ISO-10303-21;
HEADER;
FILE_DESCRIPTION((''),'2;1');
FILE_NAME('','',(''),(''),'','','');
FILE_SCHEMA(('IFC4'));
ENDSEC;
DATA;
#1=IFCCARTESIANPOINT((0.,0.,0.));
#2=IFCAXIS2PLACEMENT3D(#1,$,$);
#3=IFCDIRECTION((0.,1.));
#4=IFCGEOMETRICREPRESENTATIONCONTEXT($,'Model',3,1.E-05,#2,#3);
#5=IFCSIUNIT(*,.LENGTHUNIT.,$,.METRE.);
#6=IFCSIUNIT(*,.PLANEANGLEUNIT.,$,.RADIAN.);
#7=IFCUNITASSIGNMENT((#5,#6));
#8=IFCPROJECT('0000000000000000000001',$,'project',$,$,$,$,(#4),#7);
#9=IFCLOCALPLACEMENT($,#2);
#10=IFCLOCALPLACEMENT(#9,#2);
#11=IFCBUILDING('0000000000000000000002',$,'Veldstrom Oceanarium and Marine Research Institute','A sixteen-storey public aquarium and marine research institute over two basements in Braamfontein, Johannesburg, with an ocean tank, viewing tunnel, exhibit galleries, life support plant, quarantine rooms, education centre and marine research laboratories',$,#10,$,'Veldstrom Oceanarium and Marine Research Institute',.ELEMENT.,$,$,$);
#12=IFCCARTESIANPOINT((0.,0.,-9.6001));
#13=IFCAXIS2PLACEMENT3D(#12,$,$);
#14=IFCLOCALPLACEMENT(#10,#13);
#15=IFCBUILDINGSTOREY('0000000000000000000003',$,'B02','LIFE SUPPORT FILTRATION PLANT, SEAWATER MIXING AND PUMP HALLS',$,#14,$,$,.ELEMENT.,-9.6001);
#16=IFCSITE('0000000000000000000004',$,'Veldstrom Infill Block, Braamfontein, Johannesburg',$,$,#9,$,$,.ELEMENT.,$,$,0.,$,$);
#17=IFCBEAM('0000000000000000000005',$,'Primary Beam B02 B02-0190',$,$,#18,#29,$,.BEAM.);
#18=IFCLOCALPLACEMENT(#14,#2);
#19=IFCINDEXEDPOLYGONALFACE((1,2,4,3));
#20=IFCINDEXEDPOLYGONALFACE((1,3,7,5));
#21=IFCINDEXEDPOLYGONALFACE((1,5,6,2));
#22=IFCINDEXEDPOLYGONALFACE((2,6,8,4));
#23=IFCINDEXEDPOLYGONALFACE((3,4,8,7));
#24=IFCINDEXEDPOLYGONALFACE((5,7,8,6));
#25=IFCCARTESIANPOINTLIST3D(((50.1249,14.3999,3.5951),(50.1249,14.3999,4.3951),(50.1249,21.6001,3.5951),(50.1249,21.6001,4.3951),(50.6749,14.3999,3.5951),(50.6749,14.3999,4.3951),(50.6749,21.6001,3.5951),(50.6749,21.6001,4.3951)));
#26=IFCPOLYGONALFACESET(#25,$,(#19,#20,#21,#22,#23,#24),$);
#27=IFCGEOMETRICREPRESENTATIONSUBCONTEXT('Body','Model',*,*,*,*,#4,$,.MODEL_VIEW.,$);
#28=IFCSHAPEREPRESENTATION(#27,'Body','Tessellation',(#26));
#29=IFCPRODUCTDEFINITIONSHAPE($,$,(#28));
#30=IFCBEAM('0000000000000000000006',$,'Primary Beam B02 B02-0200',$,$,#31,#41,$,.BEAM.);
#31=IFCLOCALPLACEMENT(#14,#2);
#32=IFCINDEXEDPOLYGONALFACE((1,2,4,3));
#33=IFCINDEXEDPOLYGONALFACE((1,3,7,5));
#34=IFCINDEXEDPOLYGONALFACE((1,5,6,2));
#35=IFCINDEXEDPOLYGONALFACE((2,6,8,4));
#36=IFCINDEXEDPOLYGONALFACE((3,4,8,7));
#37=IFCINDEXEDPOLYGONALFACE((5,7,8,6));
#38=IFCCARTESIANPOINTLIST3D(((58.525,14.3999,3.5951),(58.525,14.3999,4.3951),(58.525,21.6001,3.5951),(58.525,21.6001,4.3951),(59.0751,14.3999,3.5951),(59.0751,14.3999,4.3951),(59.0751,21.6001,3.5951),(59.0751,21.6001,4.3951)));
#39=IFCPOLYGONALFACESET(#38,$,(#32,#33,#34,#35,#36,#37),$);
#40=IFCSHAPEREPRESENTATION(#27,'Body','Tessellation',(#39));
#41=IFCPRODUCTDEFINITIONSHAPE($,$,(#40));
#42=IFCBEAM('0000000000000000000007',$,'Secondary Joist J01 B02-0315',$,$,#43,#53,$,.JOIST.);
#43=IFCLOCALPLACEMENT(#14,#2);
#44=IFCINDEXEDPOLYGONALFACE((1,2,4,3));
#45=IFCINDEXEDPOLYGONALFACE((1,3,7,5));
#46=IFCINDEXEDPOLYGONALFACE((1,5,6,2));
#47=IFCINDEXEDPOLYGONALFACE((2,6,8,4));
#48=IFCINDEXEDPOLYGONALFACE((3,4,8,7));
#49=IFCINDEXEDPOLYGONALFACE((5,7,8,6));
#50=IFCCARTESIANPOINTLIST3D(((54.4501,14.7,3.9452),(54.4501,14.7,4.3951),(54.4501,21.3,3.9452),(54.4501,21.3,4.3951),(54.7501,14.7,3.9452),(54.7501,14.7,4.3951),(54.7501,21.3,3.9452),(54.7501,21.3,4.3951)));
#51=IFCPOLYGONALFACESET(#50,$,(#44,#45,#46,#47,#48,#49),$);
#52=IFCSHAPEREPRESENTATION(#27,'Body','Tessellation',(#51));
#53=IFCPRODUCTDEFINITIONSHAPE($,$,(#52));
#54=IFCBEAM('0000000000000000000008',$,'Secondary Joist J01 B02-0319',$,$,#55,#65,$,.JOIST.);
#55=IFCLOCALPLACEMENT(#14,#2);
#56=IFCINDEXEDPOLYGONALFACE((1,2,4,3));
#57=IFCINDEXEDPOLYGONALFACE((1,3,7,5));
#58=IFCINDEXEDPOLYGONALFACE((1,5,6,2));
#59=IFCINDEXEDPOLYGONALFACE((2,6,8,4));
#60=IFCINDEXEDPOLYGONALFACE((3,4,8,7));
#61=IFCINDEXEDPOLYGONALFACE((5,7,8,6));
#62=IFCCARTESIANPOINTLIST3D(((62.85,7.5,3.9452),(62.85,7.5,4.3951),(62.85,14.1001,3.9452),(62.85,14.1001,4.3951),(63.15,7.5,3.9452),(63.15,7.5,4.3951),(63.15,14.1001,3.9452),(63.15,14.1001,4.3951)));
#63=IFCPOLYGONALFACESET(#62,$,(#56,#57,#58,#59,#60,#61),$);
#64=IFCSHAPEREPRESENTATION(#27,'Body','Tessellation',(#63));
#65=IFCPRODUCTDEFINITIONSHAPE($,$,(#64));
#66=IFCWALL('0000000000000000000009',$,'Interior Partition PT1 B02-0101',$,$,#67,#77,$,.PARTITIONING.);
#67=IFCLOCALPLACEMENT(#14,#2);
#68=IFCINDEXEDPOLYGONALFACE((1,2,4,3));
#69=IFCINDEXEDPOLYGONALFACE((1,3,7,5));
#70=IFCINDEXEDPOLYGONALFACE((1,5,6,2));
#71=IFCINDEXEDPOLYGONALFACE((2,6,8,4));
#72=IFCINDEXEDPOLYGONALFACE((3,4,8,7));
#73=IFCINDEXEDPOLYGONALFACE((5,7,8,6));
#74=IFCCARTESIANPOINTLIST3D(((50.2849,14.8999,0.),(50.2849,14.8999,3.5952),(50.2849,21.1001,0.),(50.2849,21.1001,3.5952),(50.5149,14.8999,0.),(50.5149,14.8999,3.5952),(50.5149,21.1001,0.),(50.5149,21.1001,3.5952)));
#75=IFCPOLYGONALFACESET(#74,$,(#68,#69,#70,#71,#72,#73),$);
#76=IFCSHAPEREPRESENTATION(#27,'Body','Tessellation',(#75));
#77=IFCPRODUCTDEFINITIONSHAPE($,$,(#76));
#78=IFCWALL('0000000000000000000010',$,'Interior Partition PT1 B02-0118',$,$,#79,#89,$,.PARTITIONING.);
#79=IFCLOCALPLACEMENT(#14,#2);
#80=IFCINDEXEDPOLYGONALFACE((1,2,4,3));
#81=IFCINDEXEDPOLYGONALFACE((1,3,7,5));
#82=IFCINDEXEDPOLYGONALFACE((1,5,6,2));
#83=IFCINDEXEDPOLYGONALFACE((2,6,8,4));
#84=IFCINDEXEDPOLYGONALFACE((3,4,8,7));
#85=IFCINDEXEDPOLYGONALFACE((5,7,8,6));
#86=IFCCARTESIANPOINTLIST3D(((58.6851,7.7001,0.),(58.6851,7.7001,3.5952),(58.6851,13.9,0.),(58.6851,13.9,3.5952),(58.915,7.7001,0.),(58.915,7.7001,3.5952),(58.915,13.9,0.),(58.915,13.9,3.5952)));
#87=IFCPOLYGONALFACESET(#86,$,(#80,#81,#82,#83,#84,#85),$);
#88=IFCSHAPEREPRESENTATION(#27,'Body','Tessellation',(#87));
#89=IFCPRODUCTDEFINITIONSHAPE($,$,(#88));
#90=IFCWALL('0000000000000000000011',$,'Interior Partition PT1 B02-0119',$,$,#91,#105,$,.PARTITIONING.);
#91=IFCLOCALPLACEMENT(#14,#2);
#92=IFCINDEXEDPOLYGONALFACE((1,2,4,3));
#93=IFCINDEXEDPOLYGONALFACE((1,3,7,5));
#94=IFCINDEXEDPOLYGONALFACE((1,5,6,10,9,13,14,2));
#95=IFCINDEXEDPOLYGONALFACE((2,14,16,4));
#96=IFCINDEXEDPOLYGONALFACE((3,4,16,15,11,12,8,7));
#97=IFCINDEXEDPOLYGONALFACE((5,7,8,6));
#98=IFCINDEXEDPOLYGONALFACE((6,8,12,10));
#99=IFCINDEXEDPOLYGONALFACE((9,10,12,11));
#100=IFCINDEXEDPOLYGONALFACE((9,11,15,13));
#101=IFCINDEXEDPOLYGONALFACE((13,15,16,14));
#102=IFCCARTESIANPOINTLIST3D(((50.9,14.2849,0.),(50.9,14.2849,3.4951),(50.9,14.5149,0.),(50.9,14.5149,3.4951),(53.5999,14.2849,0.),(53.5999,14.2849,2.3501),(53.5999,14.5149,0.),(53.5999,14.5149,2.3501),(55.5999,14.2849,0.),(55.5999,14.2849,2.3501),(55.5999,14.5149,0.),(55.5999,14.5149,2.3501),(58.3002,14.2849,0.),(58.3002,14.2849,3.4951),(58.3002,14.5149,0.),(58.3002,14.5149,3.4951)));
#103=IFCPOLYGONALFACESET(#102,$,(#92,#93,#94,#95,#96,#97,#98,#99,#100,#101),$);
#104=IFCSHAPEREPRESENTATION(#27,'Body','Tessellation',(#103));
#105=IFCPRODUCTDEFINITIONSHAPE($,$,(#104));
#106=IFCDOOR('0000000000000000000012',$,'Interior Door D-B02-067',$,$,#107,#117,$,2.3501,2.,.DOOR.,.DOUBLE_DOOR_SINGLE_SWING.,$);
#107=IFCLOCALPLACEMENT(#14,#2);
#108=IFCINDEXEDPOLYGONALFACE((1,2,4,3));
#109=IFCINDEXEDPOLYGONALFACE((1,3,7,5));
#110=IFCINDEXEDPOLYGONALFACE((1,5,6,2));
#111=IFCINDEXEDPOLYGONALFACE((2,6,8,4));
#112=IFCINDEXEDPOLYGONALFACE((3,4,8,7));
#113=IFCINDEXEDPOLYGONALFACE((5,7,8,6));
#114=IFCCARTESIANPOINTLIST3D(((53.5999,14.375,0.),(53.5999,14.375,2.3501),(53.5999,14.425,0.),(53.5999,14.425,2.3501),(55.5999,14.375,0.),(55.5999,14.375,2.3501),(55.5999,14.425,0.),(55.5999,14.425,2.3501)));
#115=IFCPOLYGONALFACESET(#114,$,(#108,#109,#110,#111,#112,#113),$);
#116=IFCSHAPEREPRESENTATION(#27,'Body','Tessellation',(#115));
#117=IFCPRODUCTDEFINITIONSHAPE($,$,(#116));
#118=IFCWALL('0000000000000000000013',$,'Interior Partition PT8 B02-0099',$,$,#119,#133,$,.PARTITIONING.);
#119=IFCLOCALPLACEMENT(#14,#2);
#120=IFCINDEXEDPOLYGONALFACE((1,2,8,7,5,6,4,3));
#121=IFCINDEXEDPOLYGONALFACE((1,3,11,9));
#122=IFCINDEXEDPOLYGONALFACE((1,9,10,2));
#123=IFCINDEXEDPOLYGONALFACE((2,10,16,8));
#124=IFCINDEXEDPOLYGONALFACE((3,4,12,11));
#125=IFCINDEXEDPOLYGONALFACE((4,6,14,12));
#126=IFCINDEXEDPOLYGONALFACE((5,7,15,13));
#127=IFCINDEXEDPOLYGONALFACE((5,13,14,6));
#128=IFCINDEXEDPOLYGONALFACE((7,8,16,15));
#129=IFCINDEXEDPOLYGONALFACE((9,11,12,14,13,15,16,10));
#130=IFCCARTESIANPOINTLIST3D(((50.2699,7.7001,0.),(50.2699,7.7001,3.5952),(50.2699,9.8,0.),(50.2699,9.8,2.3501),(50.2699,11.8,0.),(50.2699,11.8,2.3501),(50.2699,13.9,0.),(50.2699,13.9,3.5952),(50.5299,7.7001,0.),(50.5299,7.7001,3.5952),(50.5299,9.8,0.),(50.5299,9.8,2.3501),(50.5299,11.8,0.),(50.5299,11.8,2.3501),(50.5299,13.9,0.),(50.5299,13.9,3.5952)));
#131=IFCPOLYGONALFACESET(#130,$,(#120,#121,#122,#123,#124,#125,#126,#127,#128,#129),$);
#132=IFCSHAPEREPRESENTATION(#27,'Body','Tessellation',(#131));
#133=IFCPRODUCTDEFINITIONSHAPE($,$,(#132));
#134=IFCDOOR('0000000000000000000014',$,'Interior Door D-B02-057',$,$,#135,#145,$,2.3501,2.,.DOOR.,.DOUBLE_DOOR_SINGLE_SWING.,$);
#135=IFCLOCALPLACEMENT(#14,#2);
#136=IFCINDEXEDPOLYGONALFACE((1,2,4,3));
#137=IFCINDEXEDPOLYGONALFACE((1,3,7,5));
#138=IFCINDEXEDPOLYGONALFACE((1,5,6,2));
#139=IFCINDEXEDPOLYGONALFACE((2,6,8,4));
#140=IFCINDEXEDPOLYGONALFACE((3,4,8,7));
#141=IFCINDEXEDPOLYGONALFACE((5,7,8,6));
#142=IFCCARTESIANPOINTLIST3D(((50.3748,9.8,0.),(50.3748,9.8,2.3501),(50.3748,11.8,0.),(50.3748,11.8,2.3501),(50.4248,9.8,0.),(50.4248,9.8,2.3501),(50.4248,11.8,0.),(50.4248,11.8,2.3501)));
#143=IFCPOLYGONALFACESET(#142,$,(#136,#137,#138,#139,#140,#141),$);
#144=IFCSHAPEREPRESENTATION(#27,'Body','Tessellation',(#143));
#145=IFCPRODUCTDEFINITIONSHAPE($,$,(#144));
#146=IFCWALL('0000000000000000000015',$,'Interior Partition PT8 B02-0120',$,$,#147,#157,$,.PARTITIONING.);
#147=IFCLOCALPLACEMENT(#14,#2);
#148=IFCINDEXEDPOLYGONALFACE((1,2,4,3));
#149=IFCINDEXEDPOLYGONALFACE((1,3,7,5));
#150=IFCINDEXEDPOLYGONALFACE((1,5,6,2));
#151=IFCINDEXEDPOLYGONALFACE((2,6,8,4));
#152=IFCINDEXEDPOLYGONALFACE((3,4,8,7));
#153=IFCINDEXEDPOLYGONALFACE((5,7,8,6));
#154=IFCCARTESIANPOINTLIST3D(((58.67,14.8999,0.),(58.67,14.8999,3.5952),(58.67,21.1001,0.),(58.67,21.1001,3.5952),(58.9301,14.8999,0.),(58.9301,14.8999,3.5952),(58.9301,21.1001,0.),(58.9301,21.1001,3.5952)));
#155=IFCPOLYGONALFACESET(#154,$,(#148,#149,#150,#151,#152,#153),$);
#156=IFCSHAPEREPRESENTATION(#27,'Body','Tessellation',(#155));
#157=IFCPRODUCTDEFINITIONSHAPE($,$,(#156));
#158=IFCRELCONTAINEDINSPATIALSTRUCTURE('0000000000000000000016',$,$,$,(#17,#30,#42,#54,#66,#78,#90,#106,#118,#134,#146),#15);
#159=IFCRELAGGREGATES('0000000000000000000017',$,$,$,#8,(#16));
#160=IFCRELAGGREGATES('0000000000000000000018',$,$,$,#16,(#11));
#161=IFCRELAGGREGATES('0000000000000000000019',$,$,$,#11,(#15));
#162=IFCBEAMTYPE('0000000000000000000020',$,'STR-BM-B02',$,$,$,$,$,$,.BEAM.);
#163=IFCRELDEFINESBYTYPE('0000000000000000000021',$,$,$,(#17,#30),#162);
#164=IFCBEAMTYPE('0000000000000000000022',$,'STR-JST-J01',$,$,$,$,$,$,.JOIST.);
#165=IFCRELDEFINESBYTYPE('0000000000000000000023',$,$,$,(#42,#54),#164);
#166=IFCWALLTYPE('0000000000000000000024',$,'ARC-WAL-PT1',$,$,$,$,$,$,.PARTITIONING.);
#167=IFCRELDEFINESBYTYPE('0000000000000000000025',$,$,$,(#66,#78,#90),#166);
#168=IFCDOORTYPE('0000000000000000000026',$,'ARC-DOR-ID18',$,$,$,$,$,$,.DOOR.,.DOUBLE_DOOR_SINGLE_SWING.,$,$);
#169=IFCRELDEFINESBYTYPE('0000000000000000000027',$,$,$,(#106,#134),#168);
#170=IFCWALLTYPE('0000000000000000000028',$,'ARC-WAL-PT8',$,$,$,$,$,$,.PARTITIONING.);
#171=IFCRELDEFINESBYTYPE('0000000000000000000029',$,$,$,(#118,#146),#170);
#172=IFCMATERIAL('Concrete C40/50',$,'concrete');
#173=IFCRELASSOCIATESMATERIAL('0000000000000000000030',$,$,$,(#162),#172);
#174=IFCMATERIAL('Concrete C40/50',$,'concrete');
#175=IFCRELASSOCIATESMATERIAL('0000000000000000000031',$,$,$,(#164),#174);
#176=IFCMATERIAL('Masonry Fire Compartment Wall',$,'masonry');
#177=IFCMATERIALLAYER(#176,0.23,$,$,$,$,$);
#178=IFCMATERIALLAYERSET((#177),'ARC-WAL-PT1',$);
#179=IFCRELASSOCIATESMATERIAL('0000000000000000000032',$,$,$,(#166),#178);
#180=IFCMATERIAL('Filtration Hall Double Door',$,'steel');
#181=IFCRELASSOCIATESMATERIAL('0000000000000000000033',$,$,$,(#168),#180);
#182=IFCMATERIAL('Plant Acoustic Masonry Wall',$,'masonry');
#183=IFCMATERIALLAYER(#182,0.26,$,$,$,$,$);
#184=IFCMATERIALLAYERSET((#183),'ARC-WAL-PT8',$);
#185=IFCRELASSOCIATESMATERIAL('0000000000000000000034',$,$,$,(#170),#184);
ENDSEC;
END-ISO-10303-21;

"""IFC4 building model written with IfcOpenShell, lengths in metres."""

from ifc_helpers import new_model, si_unit, direction, frame, frame_2d, origin, origin_2d, place, context, subcontext, project, spatial, rectangle, extrude, material, layer, layer_set, material_profile, profile_set, type_object, element, fill, save


model = new_model("IFC4")

# Units and contexts
model_context = context("Model", 3, precision=1e-05, world=origin(), true_north=direction((0.0, 1.0)))
body_context = subcontext(model_context, "Body", "Model", "MODEL_VIEW")
ifc_project = project(units=[si_unit("LENGTHUNIT", "METRE"), si_unit("PLANEANGLEUNIT", "RADIAN")], contexts=[model_context])

# Site, building, storey
site_placement = place(None, origin())
site = spatial("IfcSite", under=ifc_project, at=site_placement, Name="Veldstrom Infill Block, Braamfontein, Johannesburg", CompositionType="ELEMENT", RefElevation=0.0)
building_placement = place(site_placement, origin())
building = spatial("IfcBuilding", under=site, at=building_placement, Name="Veldstrom Oceanarium and Marine Research Institute", Description="A sixteen-storey public aquarium and marine research institute over two basements in Braamfontein, Johannesburg, with an ocean tank, viewing tunnel, exhibit galleries, life support plant, quarantine rooms, education centre and marine research laboratories", LongName="Veldstrom Oceanarium and Marine Research Institute", CompositionType="ELEMENT")
storey_placement = place(building_placement, frame((0.0, 0.0, -9.6001)))
storey = spatial("IfcBuildingStorey", under=building, at=storey_placement, Name="B02", Description="LIFE SUPPORT FILTRATION PLANT, SEAWATER MIXING AND PUMP HALLS", CompositionType="ELEMENT", Elevation=-9.6001)

# Beams
ifc_material_1 = material(Name="Concrete C40/50", Category="concrete")
ifc_material_profile_1 = material_profile(ifc_material_1, rectangle(XDim=0.55, YDim=0.8, at=origin_2d()), Name="RC-BM-550x800")
ifc_profile_set_1 = profile_set([ifc_material_profile_1], Name="Concrete C40/50")
beam_type_1 = type_object("IfcBeamType", Name="STR-BM-B02", PredefinedType="BEAM", material=ifc_profile_set_1)
for number, where, z_axis, x_axis, name in (
    (1, (50.3999, 14.3999, 3.9951), (0.0, 1.0, 0.0), (-1.0, 0.0, 0.0), "Primary Beam B02 B02-0190"),
    (2, (58.8, 14.3999, 3.9951), (0.0, 1.0, 0.0), (-1.0, 0.0, 0.0), "Primary Beam B02 B02-0200"),
):
    element("IfcBeam", number, at=place(storey_placement, frame(where, z_axis=z_axis, x_axis=x_axis)), inside=storey, type_object=beam_type_1, Name=name, PredefinedType="BEAM", context=body_context, shape_type="SweptSolid", body=[
        extrude(rectangle(XDim=0.55, YDim=0.8, at=origin_2d()), origin(), (0.0, 0.0, 1.0), 7.2002),
    ])
ifc_material_2 = material(Name="Concrete C40/50", Category="concrete")
ifc_material_profile_2 = material_profile(ifc_material_2, rectangle(XDim=0.3, YDim=0.45, at=origin_2d()), Name="RC-JST-300x450")
ifc_profile_set_2 = profile_set([ifc_material_profile_2], Name="Concrete C40/50")
beam_type_2 = type_object("IfcBeamType", Name="STR-JST-J01", PredefinedType="JOIST", material=ifc_profile_set_2)
for number, where, z_axis, x_axis, name in (
    (3, (54.6001, 14.7, 4.1702), (0.0, 1.0, 0.0), (-1.0, 0.0, 0.0), "Secondary Joist J01 B02-0315"),
    (4, (63.0, 7.5, 4.1702), (0.0, 1.0, 0.0), (-1.0, 0.0, 0.0), "Secondary Joist J01 B02-0319"),
):
    element("IfcBeam", number, at=place(storey_placement, frame(where, z_axis=z_axis, x_axis=x_axis)), inside=storey, type_object=beam_type_2, Name=name, PredefinedType="JOIST", context=body_context, shape_type="SweptSolid", body=[
        extrude(rectangle(XDim=0.3, YDim=0.45, at=origin_2d()), origin(), (0.0, 0.0, 1.0), 6.6001),
    ])

# Walls
ifc_material_3 = material(Name="Masonry Fire Compartment Wall", Category="masonry")
ifc_layer_1 = layer(ifc_material_3, 0.23)
ifc_layer_set_1 = layer_set([ifc_layer_1], Name="ARC-WAL-PT1")
wall_type_1 = type_object("IfcWallType", Name="ARC-WAL-PT1", PredefinedType="PARTITIONING", material=ifc_layer_set_1)
wall_1_placement = place(storey_placement, frame((50.3999, 14.8999, 0.0), z_axis=(0.0, 0.0, 1.0), x_axis=(0.0, 1.0, 0.0)))
element("IfcWall", 5, at=wall_1_placement, inside=storey, type_object=wall_type_1, Name="Interior Partition PT1 B02-0101", PredefinedType="PARTITIONING", context=body_context, shape_type="SweptSolid", body=[
    extrude(rectangle(XDim=6.2002, YDim=0.23, at=frame_2d((3.1001, 0.0))), origin(), (0.0, 0.0, 1.0), 3.5952),
])
wall_2_placement = place(storey_placement, frame((58.8, 7.7, 0.0), z_axis=(0.0, 0.0, 1.0), x_axis=(0.0, 1.0, 0.0)))
element("IfcWall", 6, at=wall_2_placement, inside=storey, type_object=wall_type_1, Name="Interior Partition PT1 B02-0118", PredefinedType="PARTITIONING", context=body_context, shape_type="SweptSolid", body=[
    extrude(rectangle(XDim=6.2, YDim=0.23, at=frame_2d((3.1001, 0.0))), origin(), (0.0, 0.0, 1.0), 3.5952),
])

# Walls, openings, doors
wall_3_placement = place(storey_placement, frame((50.8999, 14.3999, 0.0), z_axis=(0.0, 0.0, 1.0), x_axis=(1.0, 0.0, 0.0)))
wall_3 = element("IfcWall", 7, at=wall_3_placement, inside=storey, type_object=wall_type_1, Name="Interior Partition PT1 B02-0119", PredefinedType="PARTITIONING", context=body_context, shape_type="SweptSolid", body=[
    extrude(rectangle(XDim=7.4001, YDim=0.23, at=frame_2d((3.7002, 0.0))), origin(), (0.0, 0.0, 1.0), 3.4951),
])
opening_1_placement = place(wall_3_placement, frame((2.7, 0.0, 0.0)))
opening_1 = element("IfcOpeningElement", 8, at=opening_1_placement, cuts=wall_3, PredefinedType="OPENING", context=body_context, shape_type="SweptSolid", body=[
    extrude(rectangle(XDim=2.0, YDim=2.3501, at=frame_2d((1.0, 1.175))), frame((0.0, 0.125, 0.0), z_axis=(0.0, -1.0, 0.0), x_axis=(1.0, 0.0, 0.0)), (0.0, 0.0, 1.0), 0.25),
])
ifc_material_4 = material(Name="Filtration Hall Double Door", Category="steel")
door_type = type_object("IfcDoorType", Name="ARC-DOR-ID18", OperationType="DOUBLE_DOOR_SINGLE_SWING", PredefinedType="DOOR", material=ifc_material_4)
door_1_placement = place(opening_1_placement, frame((2.0, 0.0, 0.0), z_axis=(0.0, 0.0, 1.0), x_axis=(-1.0, 0.0, 0.0)))
door_1 = element("IfcDoor", 9, at=door_1_placement, inside=storey, type_object=door_type, Name="Interior Door D-B02-067", OperationType="DOUBLE_DOOR_SINGLE_SWING", OverallHeight=2.3501, OverallWidth=2.0, PredefinedType="DOOR", context=body_context, shape_type="SweptSolid", body=[
    extrude(rectangle(XDim=2.0, YDim=2.3501, at=frame_2d((1.0, 1.175))), frame((0.0, 0.0249, 0.0), z_axis=(0.0, -1.0, 0.0), x_axis=(1.0, 0.0, 0.0)), (0.0, 0.0, 1.0), 0.05),
])
fill(opening_1, door_1)
ifc_material_5 = material(Name="Plant Acoustic Masonry Wall", Category="masonry")
ifc_layer_2 = layer(ifc_material_5, 0.26)
ifc_layer_set_2 = layer_set([ifc_layer_2], Name="ARC-WAL-PT8")
wall_type_2 = type_object("IfcWallType", Name="ARC-WAL-PT8", PredefinedType="PARTITIONING", material=ifc_layer_set_2)
wall_4_placement = place(storey_placement, frame((50.3999, 7.7, 0.0), z_axis=(0.0, 0.0, 1.0), x_axis=(0.0, 1.0, 0.0)))
wall_4 = element("IfcWall", 10, at=wall_4_placement, inside=storey, type_object=wall_type_2, Name="Interior Partition PT8 B02-0099", PredefinedType="PARTITIONING", context=body_context, shape_type="SweptSolid", body=[
    extrude(rectangle(XDim=6.2, YDim=0.26, at=frame_2d((3.1001, 0.0))), origin(), (0.0, 0.0, 1.0), 3.5952),
])
opening_2_placement = place(wall_4_placement, frame((2.1001, 0.0, 0.0)))
opening_2 = element("IfcOpeningElement", 11, at=opening_2_placement, cuts=wall_4, PredefinedType="OPENING", context=body_context, shape_type="SweptSolid", body=[
    extrude(rectangle(XDim=2.0, YDim=2.3501, at=frame_2d((1.0, 1.175))), frame((0.0, 0.1399, 0.0), z_axis=(0.0, -1.0, 0.0), x_axis=(1.0, 0.0, 0.0)), (0.0, 0.0, 1.0), 0.28),
])
door_2_placement = place(opening_2_placement, frame((2.0, 0.0, 0.0), z_axis=(0.0, 0.0, 1.0), x_axis=(-1.0, 0.0, 0.0)))
door_2 = element("IfcDoor", 12, at=door_2_placement, inside=storey, type_object=door_type, Name="Interior Door D-B02-057", OperationType="DOUBLE_DOOR_SINGLE_SWING", OverallHeight=2.3501, OverallWidth=2.0, PredefinedType="DOOR", context=body_context, shape_type="SweptSolid", body=[
    extrude(rectangle(XDim=2.0, YDim=2.3501, at=frame_2d((1.0, 1.175))), frame((0.0, 0.0249, 0.0), z_axis=(0.0, -1.0, 0.0), x_axis=(1.0, 0.0, 0.0)), (0.0, 0.0, 1.0), 0.05),
])
fill(opening_2, door_2)

# Wall
wall_5_placement = place(storey_placement, frame((58.8, 14.8999, 0.0), z_axis=(0.0, 0.0, 1.0), x_axis=(0.0, 1.0, 0.0)))
element("IfcWall", 13, at=wall_5_placement, inside=storey, type_object=wall_type_2, Name="Interior Partition PT8 B02-0120", PredefinedType="PARTITIONING", context=body_context, shape_type="SweptSolid", body=[
    extrude(rectangle(XDim=6.2002, YDim=0.26, at=frame_2d((3.1001, 0.0))), origin(), (0.0, 0.0, 1.0), 3.5952),
])

save(model, "model.ifc")
